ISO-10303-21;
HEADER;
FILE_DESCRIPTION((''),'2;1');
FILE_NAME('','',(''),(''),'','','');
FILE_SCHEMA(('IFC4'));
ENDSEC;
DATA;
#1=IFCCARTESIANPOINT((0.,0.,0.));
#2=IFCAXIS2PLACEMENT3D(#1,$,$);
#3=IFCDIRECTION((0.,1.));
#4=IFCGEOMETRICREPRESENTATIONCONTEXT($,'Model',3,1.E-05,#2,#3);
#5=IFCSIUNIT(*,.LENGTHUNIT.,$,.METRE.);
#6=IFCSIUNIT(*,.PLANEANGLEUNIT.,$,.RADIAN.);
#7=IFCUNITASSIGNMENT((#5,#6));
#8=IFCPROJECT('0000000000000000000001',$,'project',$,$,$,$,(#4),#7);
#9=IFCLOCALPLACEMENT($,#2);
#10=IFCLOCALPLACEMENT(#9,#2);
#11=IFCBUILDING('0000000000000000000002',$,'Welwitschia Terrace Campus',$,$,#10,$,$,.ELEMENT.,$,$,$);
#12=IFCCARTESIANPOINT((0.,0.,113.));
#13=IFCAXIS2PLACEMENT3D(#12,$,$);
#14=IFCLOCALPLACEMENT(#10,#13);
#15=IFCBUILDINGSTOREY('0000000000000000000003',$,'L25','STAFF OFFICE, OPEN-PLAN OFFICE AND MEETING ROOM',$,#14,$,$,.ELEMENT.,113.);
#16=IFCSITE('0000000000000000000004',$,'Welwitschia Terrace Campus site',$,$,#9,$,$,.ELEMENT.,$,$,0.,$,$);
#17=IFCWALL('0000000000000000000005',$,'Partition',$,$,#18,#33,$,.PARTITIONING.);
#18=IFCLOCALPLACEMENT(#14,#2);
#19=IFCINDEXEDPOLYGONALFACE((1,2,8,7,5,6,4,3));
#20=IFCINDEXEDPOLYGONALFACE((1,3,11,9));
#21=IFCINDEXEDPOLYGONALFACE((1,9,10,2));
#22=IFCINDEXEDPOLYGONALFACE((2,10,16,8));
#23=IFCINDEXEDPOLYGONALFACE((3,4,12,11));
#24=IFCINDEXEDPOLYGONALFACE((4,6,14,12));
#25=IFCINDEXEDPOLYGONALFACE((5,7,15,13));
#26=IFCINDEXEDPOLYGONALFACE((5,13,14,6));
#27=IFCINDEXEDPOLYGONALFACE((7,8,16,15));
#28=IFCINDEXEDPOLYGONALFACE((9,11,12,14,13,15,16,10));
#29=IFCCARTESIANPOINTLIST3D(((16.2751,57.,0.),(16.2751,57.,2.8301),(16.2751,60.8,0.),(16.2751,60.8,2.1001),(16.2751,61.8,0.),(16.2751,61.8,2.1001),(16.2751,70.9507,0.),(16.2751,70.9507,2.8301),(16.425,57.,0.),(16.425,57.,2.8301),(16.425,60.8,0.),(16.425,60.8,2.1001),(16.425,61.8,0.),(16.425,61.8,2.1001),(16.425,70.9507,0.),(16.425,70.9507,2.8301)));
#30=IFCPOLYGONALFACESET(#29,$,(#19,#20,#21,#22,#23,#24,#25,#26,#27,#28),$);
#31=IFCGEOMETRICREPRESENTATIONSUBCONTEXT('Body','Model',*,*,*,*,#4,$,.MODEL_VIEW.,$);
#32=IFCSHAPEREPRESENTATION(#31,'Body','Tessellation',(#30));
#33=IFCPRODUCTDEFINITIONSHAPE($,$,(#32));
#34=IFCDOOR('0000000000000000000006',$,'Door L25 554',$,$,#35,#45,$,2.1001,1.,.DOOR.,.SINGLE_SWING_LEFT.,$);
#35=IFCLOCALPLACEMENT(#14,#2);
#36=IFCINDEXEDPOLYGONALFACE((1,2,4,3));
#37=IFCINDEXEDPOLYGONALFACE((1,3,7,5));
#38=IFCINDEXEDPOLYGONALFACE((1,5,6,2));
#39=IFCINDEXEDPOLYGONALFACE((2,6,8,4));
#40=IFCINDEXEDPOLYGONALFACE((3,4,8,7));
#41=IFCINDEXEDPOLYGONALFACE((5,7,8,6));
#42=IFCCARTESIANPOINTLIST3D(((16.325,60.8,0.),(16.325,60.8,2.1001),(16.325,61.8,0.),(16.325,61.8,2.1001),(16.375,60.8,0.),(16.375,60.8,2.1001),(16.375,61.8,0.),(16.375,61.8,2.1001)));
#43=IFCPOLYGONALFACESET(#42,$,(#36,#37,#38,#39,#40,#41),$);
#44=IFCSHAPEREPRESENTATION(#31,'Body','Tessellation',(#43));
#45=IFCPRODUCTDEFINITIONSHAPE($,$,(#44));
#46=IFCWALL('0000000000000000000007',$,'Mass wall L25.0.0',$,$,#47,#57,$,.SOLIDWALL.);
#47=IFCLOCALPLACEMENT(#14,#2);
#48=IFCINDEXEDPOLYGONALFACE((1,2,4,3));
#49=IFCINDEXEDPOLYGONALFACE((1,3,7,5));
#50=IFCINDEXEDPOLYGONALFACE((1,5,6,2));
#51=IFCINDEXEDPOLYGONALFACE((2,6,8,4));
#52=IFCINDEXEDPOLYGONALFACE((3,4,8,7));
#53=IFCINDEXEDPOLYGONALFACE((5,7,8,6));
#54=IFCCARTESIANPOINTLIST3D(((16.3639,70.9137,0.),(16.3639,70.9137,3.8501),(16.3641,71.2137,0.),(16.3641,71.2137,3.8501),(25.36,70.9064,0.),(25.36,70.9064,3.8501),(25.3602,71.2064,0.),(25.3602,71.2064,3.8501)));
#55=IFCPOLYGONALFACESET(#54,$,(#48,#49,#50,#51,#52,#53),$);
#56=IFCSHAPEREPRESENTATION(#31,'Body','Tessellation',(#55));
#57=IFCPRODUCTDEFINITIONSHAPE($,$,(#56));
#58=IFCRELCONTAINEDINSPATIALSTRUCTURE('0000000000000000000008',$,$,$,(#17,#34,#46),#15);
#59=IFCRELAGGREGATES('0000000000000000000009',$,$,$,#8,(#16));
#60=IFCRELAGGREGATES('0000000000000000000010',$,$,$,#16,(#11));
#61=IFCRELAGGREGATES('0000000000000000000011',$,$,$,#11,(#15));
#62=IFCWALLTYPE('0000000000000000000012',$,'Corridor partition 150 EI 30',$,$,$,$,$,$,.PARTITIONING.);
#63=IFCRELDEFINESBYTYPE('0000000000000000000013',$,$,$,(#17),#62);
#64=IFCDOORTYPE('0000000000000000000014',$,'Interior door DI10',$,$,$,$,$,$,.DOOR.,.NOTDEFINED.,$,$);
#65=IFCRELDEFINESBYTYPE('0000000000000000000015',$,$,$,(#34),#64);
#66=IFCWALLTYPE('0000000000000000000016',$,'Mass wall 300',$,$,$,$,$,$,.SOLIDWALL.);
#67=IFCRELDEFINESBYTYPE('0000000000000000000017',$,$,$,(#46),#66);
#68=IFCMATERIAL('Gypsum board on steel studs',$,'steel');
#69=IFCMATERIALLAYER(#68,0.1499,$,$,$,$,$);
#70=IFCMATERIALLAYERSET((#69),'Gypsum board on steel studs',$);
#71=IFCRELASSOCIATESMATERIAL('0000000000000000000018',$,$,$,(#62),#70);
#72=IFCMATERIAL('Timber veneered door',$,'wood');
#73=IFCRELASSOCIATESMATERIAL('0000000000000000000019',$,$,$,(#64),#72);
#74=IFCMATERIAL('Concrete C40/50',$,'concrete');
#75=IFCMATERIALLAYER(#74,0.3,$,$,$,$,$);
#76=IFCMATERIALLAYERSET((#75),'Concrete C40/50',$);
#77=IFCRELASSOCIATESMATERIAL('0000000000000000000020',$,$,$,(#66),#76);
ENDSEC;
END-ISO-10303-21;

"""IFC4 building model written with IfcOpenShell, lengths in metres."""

from ifc_helpers import new_model, si_unit, direction, frame, frame_2d, origin, place, context, subcontext, project, spatial, rectangle, extrude, material, layer, layer_set, type_object, element, fill, save


model = new_model("IFC4")

# Units and contexts
model_context = context("Model", 3, precision=1e-05, world=origin(), true_north=direction((0.0, 1.0)))
body_context = subcontext(model_context, "Body", "Model", "MODEL_VIEW")
ifc_project = project(units=[si_unit("LENGTHUNIT", "METRE"), si_unit("PLANEANGLEUNIT", "RADIAN")], contexts=[model_context])

# Site, building, storey
site_placement = place(None, origin())
site = spatial("IfcSite", under=ifc_project, at=site_placement, Name="Welwitschia Terrace Campus site", CompositionType="ELEMENT", RefElevation=0.0)
building_placement = place(site_placement, origin())
building = spatial("IfcBuilding", under=site, at=building_placement, Name="Welwitschia Terrace Campus", CompositionType="ELEMENT")
storey_placement = place(building_placement, frame((0.0, 0.0, 113.0)))
storey = spatial("IfcBuildingStorey", under=building, at=storey_placement, Name="L25", Description="STAFF OFFICE, OPEN-PLAN OFFICE AND MEETING ROOM", CompositionType="ELEMENT", Elevation=113.0)

# Wall, opening, door
ifc_material_1 = material(Name="Gypsum board on steel studs", Category="steel")
ifc_layer_1 = layer(ifc_material_1, 0.1499)
ifc_layer_set_1 = layer_set([ifc_layer_1], Name="Gypsum board on steel studs")
wall_type_1 = type_object("IfcWallType", Name="Corridor partition 150 EI 30", PredefinedType="PARTITIONING", material=ifc_layer_set_1)
wall_1_placement = place(storey_placement, frame((16.3501, 70.9507, 0.0), z_axis=(0.0, 0.0, 1.0), x_axis=(0.0, -1.0, 0.0)))
wall_1 = element("IfcWall", 1, at=wall_1_placement, inside=storey, type_object=wall_type_1, Name="Partition", PredefinedType="PARTITIONING", context=body_context, shape_type="SweptSolid", body=[
    extrude(rectangle(XDim=13.9507, YDim=0.1499, at=frame_2d((6.9753, 0.0))), origin(), (0.0, 0.0, 1.0), 2.8301),
])
opening_placement = place(wall_1_placement, frame((9.1506, 0.0, 0.0)))
opening = element("IfcOpeningElement", 2, at=opening_placement, cuts=wall_1, PredefinedType="OPENING", context=body_context, shape_type="SweptSolid", body=[
    extrude(rectangle(XDim=1.0, YDim=2.1001, at=frame_2d((0.5, 1.05))), frame((0.0, 0.085, 0.0), z_axis=(0.0, -1.0, 0.0), x_axis=(1.0, 0.0, 0.0)), (0.0, 0.0, 1.0), 0.1699),
])
ifc_material_2 = material(Name="Timber veneered door", Category="wood")
door_type = type_object("IfcDoorType", Name="Interior door DI10", OperationType="NOTDEFINED", PredefinedType="DOOR", material=ifc_material_2)
door_placement = place(opening_placement, origin())
door = element("IfcDoor", 3, at=door_placement, inside=storey, type_object=door_type, Name="Door L25 554", OperationType="SINGLE_SWING_LEFT", OverallHeight=2.1001, OverallWidth=1.0, PredefinedType="DOOR", context=body_context, shape_type="SweptSolid", body=[
    extrude(rectangle(XDim=1.0, YDim=2.1001, at=frame_2d((0.5, 1.05))), frame((0.0, 0.0249, 0.0), z_axis=(0.0, -1.0, 0.0), x_axis=(1.0, 0.0, 0.0)), (0.0, 0.0, 1.0), 0.05),
])
fill(opening, door)

# Wall
ifc_material_3 = material(Name="Concrete C40/50", Category="concrete")
ifc_layer_2 = layer(ifc_material_3, 0.3)
ifc_layer_set_2 = layer_set([ifc_layer_2], Name="Concrete C40/50")
wall_type_2 = type_object("IfcWallType", Name="Mass wall 300", PredefinedType="SOLIDWALL", material=ifc_layer_set_2)
wall_2_placement = place(storey_placement, frame((25.3601, 71.0564, 0.0), z_axis=(0.0, 0.0, 1.0), x_axis=(-1.0, 0.000814, 0.0)))
element("IfcWall", 4, at=wall_2_placement, inside=storey, type_object=wall_type_2, Name="Mass wall L25.0.0", PredefinedType="SOLIDWALL", context=body_context, shape_type="SweptSolid", body=[
    extrude(rectangle(XDim=8.9961, YDim=0.3, at=frame_2d((4.498, 0.0))), origin(), (0.0, 0.0, 1.0), 3.8501),
])

save(model, "model.ifc")
